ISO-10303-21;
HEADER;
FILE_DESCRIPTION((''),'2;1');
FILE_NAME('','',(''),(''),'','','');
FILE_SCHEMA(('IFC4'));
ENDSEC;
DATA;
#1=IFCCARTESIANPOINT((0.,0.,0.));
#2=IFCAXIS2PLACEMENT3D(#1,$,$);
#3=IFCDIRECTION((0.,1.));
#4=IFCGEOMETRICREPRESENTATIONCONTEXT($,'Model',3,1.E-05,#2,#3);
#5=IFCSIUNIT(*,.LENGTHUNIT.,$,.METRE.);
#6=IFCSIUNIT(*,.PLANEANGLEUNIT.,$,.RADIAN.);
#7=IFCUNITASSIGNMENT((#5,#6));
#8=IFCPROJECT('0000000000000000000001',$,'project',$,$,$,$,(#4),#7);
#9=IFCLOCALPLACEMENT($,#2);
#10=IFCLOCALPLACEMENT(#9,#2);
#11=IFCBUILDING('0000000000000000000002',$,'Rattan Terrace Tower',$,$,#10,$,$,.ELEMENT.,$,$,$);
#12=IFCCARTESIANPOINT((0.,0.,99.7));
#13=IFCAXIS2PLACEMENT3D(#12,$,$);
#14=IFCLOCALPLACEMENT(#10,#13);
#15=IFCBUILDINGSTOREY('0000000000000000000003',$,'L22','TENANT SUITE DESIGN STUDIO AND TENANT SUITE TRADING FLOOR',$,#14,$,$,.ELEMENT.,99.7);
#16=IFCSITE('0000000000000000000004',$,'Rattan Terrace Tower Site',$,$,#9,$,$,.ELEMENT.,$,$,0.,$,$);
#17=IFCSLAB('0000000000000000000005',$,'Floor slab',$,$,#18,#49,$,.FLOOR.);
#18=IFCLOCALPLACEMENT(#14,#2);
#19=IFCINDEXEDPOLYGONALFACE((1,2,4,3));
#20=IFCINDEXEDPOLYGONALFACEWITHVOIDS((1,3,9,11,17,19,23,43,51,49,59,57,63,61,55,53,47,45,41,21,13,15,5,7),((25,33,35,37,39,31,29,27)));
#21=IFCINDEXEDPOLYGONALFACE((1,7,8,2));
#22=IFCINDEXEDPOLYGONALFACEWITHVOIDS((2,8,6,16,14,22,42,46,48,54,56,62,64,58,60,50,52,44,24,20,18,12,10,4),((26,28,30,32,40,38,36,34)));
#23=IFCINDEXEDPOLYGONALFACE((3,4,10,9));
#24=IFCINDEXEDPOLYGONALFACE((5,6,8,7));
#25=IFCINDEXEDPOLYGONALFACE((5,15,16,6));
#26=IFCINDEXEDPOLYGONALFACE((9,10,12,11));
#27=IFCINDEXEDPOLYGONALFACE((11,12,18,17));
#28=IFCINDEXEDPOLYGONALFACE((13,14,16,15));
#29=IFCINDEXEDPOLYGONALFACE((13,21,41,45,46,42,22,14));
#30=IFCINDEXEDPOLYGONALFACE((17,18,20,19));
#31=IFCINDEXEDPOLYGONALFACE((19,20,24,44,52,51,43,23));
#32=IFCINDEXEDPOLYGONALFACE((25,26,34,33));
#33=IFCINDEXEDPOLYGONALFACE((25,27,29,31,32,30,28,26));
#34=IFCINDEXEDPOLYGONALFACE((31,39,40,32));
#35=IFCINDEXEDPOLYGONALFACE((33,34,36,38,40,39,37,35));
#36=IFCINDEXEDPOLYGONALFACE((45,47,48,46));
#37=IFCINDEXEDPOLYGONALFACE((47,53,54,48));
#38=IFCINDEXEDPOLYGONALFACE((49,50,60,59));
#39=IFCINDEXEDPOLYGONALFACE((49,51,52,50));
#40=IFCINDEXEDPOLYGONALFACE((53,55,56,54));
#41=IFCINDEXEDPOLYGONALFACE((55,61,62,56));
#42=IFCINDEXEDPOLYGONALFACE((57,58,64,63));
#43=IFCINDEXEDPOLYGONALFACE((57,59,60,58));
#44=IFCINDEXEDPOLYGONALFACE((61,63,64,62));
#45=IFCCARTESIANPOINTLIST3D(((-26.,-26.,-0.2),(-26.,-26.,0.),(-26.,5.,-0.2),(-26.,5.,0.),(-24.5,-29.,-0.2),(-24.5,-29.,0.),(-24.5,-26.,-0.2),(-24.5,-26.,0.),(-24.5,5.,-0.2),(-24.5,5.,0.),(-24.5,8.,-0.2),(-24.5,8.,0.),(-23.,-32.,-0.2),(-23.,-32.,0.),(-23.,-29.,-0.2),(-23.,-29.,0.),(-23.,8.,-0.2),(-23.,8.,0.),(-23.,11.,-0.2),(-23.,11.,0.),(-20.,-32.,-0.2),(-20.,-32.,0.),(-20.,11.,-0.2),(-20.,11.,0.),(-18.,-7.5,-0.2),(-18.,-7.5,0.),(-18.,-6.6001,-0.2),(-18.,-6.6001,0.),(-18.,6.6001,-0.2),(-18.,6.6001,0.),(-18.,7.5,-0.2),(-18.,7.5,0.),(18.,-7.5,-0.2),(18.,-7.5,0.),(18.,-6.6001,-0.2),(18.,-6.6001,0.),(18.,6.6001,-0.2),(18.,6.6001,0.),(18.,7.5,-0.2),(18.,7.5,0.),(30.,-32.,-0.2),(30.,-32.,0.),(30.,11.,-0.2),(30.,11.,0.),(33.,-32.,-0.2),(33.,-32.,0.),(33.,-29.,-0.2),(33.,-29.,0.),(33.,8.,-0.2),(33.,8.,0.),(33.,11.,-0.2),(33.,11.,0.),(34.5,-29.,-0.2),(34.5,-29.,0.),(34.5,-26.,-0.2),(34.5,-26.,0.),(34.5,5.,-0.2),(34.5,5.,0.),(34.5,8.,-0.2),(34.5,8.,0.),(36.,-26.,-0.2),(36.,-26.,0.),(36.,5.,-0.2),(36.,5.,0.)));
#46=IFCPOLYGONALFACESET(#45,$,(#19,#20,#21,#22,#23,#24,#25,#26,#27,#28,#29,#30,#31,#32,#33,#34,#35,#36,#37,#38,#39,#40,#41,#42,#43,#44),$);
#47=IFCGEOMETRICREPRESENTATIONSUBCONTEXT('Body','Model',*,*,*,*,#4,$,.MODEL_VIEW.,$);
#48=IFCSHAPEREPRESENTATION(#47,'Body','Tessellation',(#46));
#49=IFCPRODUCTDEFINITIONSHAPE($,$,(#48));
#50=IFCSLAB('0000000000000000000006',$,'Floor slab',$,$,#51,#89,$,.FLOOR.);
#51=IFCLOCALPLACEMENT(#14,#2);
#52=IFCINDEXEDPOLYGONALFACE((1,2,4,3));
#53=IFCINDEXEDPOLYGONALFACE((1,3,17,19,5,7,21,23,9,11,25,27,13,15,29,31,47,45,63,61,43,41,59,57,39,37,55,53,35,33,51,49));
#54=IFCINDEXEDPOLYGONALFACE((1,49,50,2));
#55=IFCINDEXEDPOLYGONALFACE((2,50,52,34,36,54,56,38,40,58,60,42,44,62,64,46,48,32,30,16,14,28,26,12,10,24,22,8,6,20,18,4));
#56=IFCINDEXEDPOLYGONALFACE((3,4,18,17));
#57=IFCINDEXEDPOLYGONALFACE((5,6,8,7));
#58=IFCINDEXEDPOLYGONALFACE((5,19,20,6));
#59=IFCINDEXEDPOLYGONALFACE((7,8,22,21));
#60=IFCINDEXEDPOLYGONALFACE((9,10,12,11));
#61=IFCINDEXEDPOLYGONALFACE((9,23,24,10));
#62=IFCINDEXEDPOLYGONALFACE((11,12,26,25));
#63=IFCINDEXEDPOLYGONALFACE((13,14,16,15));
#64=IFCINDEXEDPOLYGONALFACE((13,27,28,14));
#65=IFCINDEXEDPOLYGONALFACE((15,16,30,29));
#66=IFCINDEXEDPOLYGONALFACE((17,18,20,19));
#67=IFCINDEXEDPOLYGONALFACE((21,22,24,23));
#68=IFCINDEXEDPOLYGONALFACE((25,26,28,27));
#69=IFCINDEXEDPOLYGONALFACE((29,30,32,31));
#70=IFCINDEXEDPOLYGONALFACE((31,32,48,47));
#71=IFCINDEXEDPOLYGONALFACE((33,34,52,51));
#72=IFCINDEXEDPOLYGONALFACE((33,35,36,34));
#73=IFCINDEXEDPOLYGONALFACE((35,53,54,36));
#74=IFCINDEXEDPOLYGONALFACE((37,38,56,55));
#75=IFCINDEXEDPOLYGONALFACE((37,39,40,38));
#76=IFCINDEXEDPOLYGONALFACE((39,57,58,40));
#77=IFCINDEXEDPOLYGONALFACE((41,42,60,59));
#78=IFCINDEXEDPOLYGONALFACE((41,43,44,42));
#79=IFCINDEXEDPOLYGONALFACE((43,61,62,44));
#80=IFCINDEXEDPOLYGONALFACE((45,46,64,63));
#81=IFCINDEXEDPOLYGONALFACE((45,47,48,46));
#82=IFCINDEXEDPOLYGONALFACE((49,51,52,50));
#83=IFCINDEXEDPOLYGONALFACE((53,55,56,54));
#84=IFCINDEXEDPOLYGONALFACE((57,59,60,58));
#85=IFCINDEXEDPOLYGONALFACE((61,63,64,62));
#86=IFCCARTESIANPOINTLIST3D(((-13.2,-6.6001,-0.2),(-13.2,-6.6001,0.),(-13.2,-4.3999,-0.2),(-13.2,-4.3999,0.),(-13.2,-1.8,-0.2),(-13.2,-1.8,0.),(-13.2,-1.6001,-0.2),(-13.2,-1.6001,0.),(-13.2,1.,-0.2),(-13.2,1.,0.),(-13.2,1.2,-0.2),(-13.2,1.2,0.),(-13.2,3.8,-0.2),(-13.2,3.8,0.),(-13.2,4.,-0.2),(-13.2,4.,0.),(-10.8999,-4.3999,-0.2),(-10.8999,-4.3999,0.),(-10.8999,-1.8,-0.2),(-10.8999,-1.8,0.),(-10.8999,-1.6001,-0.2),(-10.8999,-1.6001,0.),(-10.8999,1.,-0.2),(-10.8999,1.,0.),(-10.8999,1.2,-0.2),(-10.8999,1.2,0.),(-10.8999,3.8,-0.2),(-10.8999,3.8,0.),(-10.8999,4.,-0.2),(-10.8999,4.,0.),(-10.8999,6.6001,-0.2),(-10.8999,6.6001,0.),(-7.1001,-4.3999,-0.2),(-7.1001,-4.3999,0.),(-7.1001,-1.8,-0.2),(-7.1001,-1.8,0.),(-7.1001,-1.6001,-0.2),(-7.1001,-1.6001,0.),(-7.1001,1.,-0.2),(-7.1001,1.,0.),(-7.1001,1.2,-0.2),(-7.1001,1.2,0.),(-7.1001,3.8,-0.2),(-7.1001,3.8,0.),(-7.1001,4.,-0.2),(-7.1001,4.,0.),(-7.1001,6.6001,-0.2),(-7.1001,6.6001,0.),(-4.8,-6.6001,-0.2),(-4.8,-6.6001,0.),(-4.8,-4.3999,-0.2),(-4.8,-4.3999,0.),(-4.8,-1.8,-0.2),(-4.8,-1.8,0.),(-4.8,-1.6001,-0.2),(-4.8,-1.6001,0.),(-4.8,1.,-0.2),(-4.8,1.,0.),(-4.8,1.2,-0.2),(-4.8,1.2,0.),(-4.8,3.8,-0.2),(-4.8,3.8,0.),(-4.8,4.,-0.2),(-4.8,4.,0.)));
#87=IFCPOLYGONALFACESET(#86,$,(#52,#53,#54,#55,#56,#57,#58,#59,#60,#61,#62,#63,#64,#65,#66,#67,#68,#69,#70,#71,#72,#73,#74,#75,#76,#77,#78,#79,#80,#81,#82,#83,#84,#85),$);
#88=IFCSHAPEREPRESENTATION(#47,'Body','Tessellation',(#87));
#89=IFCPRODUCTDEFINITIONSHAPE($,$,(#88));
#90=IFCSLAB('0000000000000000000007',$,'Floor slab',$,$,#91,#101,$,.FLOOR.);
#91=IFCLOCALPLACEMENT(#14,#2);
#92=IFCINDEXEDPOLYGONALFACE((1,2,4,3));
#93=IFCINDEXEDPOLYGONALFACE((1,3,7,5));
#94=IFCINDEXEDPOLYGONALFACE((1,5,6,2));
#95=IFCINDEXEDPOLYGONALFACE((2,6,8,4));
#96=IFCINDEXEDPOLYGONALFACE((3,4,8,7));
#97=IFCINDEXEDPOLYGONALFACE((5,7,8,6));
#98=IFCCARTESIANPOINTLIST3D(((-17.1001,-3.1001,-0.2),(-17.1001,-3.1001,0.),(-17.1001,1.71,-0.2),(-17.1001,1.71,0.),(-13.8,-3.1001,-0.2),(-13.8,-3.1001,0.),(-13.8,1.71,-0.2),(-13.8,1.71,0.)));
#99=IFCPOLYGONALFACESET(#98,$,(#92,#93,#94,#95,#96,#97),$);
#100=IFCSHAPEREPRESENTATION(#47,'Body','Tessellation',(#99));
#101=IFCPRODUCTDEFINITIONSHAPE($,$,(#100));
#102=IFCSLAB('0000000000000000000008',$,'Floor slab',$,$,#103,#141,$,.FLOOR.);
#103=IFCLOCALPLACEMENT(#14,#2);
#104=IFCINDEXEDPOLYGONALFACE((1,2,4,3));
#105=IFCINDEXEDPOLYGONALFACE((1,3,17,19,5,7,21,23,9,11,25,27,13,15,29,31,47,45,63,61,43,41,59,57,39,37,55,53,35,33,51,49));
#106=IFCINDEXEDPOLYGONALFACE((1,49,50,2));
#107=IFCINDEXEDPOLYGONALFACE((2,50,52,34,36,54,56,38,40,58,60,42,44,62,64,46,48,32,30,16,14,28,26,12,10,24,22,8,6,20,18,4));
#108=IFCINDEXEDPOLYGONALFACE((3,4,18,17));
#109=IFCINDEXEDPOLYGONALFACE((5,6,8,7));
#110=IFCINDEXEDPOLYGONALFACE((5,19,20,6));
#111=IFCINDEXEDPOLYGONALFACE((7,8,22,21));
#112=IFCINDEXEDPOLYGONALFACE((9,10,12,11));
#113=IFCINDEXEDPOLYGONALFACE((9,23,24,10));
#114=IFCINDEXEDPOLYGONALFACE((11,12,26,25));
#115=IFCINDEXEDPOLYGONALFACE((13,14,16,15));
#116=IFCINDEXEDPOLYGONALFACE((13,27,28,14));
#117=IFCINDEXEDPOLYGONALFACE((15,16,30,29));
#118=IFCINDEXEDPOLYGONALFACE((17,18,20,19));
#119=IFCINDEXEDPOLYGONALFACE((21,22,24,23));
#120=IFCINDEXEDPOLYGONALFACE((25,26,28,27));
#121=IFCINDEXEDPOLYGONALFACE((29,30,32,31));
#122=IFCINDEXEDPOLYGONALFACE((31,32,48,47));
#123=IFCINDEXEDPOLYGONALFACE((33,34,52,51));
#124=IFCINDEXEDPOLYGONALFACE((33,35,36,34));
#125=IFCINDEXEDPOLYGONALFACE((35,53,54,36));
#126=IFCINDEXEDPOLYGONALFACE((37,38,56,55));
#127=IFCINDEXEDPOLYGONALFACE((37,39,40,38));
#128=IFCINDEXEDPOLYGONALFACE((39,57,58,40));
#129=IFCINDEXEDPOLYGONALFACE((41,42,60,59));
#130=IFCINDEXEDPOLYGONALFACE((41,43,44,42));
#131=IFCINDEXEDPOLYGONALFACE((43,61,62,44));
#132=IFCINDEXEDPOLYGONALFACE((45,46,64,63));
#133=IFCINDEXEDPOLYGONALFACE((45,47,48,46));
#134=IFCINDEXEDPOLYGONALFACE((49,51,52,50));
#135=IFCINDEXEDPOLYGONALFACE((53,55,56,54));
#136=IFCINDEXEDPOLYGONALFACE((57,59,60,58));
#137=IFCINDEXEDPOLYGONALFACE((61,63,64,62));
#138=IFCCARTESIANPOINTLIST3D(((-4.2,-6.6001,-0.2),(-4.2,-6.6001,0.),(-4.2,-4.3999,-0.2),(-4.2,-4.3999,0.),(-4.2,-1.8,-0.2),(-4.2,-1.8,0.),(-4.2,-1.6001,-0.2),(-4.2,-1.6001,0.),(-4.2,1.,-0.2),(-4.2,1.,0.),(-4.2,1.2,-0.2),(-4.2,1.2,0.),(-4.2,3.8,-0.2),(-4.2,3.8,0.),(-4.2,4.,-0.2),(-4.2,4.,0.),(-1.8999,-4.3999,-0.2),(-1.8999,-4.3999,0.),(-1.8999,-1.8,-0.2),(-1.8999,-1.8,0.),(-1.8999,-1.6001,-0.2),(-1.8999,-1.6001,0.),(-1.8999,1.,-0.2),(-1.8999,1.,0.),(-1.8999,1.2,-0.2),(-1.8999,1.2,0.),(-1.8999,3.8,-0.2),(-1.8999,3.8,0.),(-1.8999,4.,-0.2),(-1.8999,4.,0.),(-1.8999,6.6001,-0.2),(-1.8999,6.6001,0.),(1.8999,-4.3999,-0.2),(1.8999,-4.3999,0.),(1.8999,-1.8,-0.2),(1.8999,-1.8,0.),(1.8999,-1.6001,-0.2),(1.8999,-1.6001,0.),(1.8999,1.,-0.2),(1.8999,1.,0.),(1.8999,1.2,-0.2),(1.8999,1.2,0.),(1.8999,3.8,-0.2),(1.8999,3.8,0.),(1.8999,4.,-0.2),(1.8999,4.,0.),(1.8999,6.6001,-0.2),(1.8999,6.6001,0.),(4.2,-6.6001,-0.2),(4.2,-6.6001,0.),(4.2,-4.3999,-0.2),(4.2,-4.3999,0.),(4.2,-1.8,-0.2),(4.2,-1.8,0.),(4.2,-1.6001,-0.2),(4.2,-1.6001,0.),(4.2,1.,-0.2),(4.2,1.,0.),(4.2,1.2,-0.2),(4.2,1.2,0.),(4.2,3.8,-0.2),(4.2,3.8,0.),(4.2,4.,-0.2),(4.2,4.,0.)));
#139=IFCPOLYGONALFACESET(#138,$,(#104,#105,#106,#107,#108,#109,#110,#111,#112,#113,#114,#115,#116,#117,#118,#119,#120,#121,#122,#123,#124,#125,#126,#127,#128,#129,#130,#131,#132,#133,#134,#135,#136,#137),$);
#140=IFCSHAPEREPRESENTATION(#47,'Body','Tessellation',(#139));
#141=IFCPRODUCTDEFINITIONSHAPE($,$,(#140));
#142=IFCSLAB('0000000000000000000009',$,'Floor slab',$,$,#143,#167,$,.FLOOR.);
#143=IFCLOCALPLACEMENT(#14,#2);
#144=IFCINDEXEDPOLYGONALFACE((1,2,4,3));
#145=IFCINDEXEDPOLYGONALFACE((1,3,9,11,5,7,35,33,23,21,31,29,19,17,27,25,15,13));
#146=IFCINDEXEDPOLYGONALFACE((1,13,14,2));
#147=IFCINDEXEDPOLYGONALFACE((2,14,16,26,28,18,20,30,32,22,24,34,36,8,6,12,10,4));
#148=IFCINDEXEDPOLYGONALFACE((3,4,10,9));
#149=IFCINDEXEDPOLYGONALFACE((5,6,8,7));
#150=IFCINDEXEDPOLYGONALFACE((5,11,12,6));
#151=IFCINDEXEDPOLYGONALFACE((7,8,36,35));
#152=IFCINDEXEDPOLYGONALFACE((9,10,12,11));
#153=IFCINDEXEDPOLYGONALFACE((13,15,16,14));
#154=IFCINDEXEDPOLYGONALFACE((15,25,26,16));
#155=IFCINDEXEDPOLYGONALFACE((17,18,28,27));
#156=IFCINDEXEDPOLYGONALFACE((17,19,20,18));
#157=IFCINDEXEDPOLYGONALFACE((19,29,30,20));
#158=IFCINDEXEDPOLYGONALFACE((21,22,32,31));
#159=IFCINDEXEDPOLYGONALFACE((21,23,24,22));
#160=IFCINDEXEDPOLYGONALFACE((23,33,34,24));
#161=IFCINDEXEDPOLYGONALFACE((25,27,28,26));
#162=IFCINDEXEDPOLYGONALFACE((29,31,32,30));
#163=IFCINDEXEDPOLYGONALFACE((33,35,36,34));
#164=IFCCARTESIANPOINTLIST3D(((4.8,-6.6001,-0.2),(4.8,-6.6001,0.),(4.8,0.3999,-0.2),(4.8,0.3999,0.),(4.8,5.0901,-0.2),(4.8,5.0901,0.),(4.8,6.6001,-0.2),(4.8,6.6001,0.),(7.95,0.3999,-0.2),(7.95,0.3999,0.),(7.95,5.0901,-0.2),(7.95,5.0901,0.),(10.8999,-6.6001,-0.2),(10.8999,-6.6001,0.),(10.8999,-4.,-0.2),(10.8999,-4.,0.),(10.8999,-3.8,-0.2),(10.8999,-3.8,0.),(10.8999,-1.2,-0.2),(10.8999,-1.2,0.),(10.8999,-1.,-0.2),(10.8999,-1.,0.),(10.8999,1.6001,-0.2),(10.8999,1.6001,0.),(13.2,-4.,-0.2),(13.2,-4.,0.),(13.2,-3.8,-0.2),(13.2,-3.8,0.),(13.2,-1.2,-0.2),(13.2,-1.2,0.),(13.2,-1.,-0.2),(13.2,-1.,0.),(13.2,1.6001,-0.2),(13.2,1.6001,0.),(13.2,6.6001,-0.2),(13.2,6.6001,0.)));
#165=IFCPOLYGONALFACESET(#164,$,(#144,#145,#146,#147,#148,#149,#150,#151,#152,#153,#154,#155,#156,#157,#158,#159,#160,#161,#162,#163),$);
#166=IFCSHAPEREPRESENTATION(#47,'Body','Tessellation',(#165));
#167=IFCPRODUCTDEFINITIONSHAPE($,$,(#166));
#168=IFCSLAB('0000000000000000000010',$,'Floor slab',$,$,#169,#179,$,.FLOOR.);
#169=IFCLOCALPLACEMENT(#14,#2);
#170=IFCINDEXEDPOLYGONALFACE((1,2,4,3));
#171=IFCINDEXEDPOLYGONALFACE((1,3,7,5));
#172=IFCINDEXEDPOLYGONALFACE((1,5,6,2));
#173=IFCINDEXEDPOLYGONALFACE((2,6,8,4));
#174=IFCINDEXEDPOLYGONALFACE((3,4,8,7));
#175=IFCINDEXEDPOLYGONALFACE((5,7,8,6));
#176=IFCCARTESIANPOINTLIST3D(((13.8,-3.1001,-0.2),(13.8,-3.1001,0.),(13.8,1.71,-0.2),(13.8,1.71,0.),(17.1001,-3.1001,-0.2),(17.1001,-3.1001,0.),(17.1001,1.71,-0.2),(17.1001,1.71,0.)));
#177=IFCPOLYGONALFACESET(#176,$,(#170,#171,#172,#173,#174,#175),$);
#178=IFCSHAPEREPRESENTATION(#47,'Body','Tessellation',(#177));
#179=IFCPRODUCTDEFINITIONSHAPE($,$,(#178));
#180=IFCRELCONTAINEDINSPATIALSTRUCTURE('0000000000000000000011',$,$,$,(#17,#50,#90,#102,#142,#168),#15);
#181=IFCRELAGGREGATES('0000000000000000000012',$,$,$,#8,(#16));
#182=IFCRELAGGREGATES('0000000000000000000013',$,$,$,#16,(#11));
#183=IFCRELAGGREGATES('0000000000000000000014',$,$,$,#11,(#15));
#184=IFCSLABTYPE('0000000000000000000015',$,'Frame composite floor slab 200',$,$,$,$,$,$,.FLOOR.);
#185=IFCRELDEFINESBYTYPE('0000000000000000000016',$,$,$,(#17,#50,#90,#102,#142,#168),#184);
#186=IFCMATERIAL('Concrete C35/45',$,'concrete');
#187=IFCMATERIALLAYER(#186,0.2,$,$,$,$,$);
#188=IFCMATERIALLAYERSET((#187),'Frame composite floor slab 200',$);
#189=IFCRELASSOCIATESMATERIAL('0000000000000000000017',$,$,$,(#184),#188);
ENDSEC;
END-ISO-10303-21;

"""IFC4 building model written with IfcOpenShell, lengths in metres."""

from ifc_helpers import new_model, si_unit, direction, frame, origin, place, context, subcontext, project, spatial, polyline, outline, extrude, material, layer, layer_set, type_object, element, save


model = new_model("IFC4")

# Units and contexts
model_context = context("Model", 3, precision=1e-05, world=origin(), true_north=direction((0.0, 1.0)))
body_context = subcontext(model_context, "Body", "Model", "MODEL_VIEW")
ifc_project = project(units=[si_unit("LENGTHUNIT", "METRE"), si_unit("PLANEANGLEUNIT", "RADIAN")], contexts=[model_context])

# Site, building, storey
site_placement = place(None, origin())
site = spatial("IfcSite", under=ifc_project, at=site_placement, Name="Rattan Terrace Tower Site", CompositionType="ELEMENT", RefElevation=0.0)
building_placement = place(site_placement, origin())
building = spatial("IfcBuilding", under=site, at=building_placement, Name="Rattan Terrace Tower", CompositionType="ELEMENT")
storey_placement = place(building_placement, frame((0.0, 0.0, 99.7)))
storey = spatial("IfcBuildingStorey", under=building, at=storey_placement, Name="L22", Description="TENANT SUITE DESIGN STUDIO AND TENANT SUITE TRADING FLOOR", CompositionType="ELEMENT", Elevation=99.7)

# Slabs
ifc_material_1 = material(Name="Concrete C35/45", Category="concrete")
ifc_layer_1 = layer(ifc_material_1, 0.2)
ifc_layer_set_1 = layer_set([ifc_layer_1], Name="Frame composite floor slab 200")
slab_type_1 = type_object("IfcSlabType", Name="Frame composite floor slab 200", PredefinedType="FLOOR", material=ifc_layer_set_1)
slab_1_placement = place(storey_placement, frame((0.0, 0.0, -0.2)))
element("IfcSlab", 1, at=slab_1_placement, inside=storey, type_object=slab_type_1, Name="Floor slab", PredefinedType="FLOOR", context=body_context, shape_type="SweptSolid", body=[
    extrude(outline(polyline([(-20.0, -32.0), (30.0, -32.0), (33.0, -32.0), (33.0, -29.0), (34.5, -29.0), (34.5, -26.0), (36.0, -26.0), (36.0, 5.0), (34.5, 5.0), (34.5, 8.0), (33.0, 8.0), (33.0, 11.0), (30.0, 11.0), (-20.0, 11.0), (-23.0, 11.0), (-23.0, 8.0), (-24.5, 8.0), (-24.5, 5.0), (-26.0, 5.0), (-26.0, -26.0), (-24.5, -26.0), (-24.5, -29.0), (-23.0, -29.0), (-23.0, -32.0), (-20.0, -32.0)]), holes=[polyline([(-18.0, -6.6001), (-18.0, -7.5), (18.0, -7.5), (18.0, -6.6001), (18.0, 6.6001), (18.0, 7.5), (-18.0, 7.5), (-18.0, 6.6001), (-18.0, -6.6001)])]), origin(), (0.0, 0.0, 1.0), 0.2),
])
slab_2_placement = place(storey_placement, frame((0.0, 0.0, -0.2)))
element("IfcSlab", 2, at=slab_2_placement, inside=storey, type_object=slab_type_1, Name="Floor slab", PredefinedType="FLOOR", context=body_context, shape_type="SweptSolid", body=[
    extrude(outline(polyline([(-10.8999, 6.6001), (-10.8999, 4.0), (-13.2, 4.0), (-13.2, 3.8), (-10.8999, 3.8), (-10.8999, 1.2), (-13.2, 1.2), (-13.2, 1.0), (-10.8999, 1.0), (-10.8999, -1.6001), (-13.2, -1.6001), (-13.2, -1.8), (-10.8999, -1.8), (-10.8999, -4.3999), (-13.2, -4.3999), (-13.2, -6.6001), (-4.8, -6.6001), (-4.8, -4.3999), (-7.1001, -4.3999), (-7.1001, -1.8), (-4.8, -1.8), (-4.8, -1.6001), (-7.1001, -1.6001), (-7.1001, 1.0), (-4.8, 1.0), (-4.8, 1.2), (-7.1001, 1.2), (-7.1001, 3.8), (-4.8, 3.8), (-4.8, 4.0), (-7.1001, 4.0), (-7.1001, 6.6001), (-10.8999, 6.6001)])), origin(), (0.0, 0.0, 1.0), 0.2),
])
slab_3_placement = place(storey_placement, frame((0.0, 0.0, -0.2)))
element("IfcSlab", 3, at=slab_3_placement, inside=storey, type_object=slab_type_1, Name="Floor slab", PredefinedType="FLOOR", context=body_context, shape_type="SweptSolid", body=[
    extrude(outline(polyline([(-17.1001, -3.1001), (-13.8, -3.1001), (-13.8, 1.71), (-17.1001, 1.71), (-17.1001, -3.1001)])), origin(), (0.0, 0.0, 1.0), 0.2),
])
slab_4_placement = place(storey_placement, frame((0.0, 0.0, -0.2)))
element("IfcSlab", 4, at=slab_4_placement, inside=storey, type_object=slab_type_1, Name="Floor slab", PredefinedType="FLOOR", context=body_context, shape_type="SweptSolid", body=[
    extrude(outline(polyline([(-4.2, 4.0), (-4.2, 3.8), (-1.8999, 3.8), (-1.8999, 1.2), (-4.2, 1.2), (-4.2, 1.0), (-1.8999, 1.0), (-1.8999, -1.6001), (-4.2, -1.6001), (-4.2, -1.8), (-1.8999, -1.8), (-1.8999, -4.3999), (-4.2, -4.3999), (-4.2, -6.6001), (4.2, -6.6001), (4.2, -4.3999), (1.8999, -4.3999), (1.8999, -1.8), (4.2, -1.8), (4.2, -1.6001), (1.8999, -1.6001), (1.8999, 1.0), (4.2, 1.0), (4.2, 1.2), (1.8999, 1.2), (1.8999, 3.8), (4.2, 3.8), (4.2, 4.0), (1.8999, 4.0), (1.8999, 6.6001), (-1.8999, 6.6001), (-1.8999, 4.0), (-4.2, 4.0)])), origin(), (0.0, 0.0, 1.0), 0.2),
])
slab_5_placement = place(storey_placement, frame((0.0, 0.0, -0.2)))
element("IfcSlab", 5, at=slab_5_placement, inside=storey, type_object=slab_type_1, Name="Floor slab", PredefinedType="FLOOR", context=body_context, shape_type="SweptSolid", body=[
    extrude(outline(polyline([(4.8, 5.0901), (7.95, 5.0901), (7.95, 0.3999), (4.8, 0.3999), (4.8, -6.6001), (10.8999, -6.6001), (10.8999, -4.0), (13.2, -4.0), (13.2, -3.8), (10.8999, -3.8), (10.8999, -1.2), (13.2, -1.2), (13.2, -1.0), (10.8999, -1.0), (10.8999, 1.6001), (13.2, 1.6001), (13.2, 6.6001), (4.8, 6.6001), (4.8, 5.0901)])), origin(), (0.0, 0.0, 1.0), 0.2),
])
slab_6_placement = place(storey_placement, frame((0.0, 0.0, -0.2)))
element("IfcSlab", 6, at=slab_6_placement, inside=storey, type_object=slab_type_1, Name="Floor slab", PredefinedType="FLOOR", context=body_context, shape_type="SweptSolid", body=[
    extrude(outline(polyline([(13.8, -3.1001), (17.1001, -3.1001), (17.1001, 1.71), (13.8, 1.71), (13.8, -3.1001)])), origin(), (0.0, 0.0, 1.0), 0.2),
])

save(model, "model.ifc")
